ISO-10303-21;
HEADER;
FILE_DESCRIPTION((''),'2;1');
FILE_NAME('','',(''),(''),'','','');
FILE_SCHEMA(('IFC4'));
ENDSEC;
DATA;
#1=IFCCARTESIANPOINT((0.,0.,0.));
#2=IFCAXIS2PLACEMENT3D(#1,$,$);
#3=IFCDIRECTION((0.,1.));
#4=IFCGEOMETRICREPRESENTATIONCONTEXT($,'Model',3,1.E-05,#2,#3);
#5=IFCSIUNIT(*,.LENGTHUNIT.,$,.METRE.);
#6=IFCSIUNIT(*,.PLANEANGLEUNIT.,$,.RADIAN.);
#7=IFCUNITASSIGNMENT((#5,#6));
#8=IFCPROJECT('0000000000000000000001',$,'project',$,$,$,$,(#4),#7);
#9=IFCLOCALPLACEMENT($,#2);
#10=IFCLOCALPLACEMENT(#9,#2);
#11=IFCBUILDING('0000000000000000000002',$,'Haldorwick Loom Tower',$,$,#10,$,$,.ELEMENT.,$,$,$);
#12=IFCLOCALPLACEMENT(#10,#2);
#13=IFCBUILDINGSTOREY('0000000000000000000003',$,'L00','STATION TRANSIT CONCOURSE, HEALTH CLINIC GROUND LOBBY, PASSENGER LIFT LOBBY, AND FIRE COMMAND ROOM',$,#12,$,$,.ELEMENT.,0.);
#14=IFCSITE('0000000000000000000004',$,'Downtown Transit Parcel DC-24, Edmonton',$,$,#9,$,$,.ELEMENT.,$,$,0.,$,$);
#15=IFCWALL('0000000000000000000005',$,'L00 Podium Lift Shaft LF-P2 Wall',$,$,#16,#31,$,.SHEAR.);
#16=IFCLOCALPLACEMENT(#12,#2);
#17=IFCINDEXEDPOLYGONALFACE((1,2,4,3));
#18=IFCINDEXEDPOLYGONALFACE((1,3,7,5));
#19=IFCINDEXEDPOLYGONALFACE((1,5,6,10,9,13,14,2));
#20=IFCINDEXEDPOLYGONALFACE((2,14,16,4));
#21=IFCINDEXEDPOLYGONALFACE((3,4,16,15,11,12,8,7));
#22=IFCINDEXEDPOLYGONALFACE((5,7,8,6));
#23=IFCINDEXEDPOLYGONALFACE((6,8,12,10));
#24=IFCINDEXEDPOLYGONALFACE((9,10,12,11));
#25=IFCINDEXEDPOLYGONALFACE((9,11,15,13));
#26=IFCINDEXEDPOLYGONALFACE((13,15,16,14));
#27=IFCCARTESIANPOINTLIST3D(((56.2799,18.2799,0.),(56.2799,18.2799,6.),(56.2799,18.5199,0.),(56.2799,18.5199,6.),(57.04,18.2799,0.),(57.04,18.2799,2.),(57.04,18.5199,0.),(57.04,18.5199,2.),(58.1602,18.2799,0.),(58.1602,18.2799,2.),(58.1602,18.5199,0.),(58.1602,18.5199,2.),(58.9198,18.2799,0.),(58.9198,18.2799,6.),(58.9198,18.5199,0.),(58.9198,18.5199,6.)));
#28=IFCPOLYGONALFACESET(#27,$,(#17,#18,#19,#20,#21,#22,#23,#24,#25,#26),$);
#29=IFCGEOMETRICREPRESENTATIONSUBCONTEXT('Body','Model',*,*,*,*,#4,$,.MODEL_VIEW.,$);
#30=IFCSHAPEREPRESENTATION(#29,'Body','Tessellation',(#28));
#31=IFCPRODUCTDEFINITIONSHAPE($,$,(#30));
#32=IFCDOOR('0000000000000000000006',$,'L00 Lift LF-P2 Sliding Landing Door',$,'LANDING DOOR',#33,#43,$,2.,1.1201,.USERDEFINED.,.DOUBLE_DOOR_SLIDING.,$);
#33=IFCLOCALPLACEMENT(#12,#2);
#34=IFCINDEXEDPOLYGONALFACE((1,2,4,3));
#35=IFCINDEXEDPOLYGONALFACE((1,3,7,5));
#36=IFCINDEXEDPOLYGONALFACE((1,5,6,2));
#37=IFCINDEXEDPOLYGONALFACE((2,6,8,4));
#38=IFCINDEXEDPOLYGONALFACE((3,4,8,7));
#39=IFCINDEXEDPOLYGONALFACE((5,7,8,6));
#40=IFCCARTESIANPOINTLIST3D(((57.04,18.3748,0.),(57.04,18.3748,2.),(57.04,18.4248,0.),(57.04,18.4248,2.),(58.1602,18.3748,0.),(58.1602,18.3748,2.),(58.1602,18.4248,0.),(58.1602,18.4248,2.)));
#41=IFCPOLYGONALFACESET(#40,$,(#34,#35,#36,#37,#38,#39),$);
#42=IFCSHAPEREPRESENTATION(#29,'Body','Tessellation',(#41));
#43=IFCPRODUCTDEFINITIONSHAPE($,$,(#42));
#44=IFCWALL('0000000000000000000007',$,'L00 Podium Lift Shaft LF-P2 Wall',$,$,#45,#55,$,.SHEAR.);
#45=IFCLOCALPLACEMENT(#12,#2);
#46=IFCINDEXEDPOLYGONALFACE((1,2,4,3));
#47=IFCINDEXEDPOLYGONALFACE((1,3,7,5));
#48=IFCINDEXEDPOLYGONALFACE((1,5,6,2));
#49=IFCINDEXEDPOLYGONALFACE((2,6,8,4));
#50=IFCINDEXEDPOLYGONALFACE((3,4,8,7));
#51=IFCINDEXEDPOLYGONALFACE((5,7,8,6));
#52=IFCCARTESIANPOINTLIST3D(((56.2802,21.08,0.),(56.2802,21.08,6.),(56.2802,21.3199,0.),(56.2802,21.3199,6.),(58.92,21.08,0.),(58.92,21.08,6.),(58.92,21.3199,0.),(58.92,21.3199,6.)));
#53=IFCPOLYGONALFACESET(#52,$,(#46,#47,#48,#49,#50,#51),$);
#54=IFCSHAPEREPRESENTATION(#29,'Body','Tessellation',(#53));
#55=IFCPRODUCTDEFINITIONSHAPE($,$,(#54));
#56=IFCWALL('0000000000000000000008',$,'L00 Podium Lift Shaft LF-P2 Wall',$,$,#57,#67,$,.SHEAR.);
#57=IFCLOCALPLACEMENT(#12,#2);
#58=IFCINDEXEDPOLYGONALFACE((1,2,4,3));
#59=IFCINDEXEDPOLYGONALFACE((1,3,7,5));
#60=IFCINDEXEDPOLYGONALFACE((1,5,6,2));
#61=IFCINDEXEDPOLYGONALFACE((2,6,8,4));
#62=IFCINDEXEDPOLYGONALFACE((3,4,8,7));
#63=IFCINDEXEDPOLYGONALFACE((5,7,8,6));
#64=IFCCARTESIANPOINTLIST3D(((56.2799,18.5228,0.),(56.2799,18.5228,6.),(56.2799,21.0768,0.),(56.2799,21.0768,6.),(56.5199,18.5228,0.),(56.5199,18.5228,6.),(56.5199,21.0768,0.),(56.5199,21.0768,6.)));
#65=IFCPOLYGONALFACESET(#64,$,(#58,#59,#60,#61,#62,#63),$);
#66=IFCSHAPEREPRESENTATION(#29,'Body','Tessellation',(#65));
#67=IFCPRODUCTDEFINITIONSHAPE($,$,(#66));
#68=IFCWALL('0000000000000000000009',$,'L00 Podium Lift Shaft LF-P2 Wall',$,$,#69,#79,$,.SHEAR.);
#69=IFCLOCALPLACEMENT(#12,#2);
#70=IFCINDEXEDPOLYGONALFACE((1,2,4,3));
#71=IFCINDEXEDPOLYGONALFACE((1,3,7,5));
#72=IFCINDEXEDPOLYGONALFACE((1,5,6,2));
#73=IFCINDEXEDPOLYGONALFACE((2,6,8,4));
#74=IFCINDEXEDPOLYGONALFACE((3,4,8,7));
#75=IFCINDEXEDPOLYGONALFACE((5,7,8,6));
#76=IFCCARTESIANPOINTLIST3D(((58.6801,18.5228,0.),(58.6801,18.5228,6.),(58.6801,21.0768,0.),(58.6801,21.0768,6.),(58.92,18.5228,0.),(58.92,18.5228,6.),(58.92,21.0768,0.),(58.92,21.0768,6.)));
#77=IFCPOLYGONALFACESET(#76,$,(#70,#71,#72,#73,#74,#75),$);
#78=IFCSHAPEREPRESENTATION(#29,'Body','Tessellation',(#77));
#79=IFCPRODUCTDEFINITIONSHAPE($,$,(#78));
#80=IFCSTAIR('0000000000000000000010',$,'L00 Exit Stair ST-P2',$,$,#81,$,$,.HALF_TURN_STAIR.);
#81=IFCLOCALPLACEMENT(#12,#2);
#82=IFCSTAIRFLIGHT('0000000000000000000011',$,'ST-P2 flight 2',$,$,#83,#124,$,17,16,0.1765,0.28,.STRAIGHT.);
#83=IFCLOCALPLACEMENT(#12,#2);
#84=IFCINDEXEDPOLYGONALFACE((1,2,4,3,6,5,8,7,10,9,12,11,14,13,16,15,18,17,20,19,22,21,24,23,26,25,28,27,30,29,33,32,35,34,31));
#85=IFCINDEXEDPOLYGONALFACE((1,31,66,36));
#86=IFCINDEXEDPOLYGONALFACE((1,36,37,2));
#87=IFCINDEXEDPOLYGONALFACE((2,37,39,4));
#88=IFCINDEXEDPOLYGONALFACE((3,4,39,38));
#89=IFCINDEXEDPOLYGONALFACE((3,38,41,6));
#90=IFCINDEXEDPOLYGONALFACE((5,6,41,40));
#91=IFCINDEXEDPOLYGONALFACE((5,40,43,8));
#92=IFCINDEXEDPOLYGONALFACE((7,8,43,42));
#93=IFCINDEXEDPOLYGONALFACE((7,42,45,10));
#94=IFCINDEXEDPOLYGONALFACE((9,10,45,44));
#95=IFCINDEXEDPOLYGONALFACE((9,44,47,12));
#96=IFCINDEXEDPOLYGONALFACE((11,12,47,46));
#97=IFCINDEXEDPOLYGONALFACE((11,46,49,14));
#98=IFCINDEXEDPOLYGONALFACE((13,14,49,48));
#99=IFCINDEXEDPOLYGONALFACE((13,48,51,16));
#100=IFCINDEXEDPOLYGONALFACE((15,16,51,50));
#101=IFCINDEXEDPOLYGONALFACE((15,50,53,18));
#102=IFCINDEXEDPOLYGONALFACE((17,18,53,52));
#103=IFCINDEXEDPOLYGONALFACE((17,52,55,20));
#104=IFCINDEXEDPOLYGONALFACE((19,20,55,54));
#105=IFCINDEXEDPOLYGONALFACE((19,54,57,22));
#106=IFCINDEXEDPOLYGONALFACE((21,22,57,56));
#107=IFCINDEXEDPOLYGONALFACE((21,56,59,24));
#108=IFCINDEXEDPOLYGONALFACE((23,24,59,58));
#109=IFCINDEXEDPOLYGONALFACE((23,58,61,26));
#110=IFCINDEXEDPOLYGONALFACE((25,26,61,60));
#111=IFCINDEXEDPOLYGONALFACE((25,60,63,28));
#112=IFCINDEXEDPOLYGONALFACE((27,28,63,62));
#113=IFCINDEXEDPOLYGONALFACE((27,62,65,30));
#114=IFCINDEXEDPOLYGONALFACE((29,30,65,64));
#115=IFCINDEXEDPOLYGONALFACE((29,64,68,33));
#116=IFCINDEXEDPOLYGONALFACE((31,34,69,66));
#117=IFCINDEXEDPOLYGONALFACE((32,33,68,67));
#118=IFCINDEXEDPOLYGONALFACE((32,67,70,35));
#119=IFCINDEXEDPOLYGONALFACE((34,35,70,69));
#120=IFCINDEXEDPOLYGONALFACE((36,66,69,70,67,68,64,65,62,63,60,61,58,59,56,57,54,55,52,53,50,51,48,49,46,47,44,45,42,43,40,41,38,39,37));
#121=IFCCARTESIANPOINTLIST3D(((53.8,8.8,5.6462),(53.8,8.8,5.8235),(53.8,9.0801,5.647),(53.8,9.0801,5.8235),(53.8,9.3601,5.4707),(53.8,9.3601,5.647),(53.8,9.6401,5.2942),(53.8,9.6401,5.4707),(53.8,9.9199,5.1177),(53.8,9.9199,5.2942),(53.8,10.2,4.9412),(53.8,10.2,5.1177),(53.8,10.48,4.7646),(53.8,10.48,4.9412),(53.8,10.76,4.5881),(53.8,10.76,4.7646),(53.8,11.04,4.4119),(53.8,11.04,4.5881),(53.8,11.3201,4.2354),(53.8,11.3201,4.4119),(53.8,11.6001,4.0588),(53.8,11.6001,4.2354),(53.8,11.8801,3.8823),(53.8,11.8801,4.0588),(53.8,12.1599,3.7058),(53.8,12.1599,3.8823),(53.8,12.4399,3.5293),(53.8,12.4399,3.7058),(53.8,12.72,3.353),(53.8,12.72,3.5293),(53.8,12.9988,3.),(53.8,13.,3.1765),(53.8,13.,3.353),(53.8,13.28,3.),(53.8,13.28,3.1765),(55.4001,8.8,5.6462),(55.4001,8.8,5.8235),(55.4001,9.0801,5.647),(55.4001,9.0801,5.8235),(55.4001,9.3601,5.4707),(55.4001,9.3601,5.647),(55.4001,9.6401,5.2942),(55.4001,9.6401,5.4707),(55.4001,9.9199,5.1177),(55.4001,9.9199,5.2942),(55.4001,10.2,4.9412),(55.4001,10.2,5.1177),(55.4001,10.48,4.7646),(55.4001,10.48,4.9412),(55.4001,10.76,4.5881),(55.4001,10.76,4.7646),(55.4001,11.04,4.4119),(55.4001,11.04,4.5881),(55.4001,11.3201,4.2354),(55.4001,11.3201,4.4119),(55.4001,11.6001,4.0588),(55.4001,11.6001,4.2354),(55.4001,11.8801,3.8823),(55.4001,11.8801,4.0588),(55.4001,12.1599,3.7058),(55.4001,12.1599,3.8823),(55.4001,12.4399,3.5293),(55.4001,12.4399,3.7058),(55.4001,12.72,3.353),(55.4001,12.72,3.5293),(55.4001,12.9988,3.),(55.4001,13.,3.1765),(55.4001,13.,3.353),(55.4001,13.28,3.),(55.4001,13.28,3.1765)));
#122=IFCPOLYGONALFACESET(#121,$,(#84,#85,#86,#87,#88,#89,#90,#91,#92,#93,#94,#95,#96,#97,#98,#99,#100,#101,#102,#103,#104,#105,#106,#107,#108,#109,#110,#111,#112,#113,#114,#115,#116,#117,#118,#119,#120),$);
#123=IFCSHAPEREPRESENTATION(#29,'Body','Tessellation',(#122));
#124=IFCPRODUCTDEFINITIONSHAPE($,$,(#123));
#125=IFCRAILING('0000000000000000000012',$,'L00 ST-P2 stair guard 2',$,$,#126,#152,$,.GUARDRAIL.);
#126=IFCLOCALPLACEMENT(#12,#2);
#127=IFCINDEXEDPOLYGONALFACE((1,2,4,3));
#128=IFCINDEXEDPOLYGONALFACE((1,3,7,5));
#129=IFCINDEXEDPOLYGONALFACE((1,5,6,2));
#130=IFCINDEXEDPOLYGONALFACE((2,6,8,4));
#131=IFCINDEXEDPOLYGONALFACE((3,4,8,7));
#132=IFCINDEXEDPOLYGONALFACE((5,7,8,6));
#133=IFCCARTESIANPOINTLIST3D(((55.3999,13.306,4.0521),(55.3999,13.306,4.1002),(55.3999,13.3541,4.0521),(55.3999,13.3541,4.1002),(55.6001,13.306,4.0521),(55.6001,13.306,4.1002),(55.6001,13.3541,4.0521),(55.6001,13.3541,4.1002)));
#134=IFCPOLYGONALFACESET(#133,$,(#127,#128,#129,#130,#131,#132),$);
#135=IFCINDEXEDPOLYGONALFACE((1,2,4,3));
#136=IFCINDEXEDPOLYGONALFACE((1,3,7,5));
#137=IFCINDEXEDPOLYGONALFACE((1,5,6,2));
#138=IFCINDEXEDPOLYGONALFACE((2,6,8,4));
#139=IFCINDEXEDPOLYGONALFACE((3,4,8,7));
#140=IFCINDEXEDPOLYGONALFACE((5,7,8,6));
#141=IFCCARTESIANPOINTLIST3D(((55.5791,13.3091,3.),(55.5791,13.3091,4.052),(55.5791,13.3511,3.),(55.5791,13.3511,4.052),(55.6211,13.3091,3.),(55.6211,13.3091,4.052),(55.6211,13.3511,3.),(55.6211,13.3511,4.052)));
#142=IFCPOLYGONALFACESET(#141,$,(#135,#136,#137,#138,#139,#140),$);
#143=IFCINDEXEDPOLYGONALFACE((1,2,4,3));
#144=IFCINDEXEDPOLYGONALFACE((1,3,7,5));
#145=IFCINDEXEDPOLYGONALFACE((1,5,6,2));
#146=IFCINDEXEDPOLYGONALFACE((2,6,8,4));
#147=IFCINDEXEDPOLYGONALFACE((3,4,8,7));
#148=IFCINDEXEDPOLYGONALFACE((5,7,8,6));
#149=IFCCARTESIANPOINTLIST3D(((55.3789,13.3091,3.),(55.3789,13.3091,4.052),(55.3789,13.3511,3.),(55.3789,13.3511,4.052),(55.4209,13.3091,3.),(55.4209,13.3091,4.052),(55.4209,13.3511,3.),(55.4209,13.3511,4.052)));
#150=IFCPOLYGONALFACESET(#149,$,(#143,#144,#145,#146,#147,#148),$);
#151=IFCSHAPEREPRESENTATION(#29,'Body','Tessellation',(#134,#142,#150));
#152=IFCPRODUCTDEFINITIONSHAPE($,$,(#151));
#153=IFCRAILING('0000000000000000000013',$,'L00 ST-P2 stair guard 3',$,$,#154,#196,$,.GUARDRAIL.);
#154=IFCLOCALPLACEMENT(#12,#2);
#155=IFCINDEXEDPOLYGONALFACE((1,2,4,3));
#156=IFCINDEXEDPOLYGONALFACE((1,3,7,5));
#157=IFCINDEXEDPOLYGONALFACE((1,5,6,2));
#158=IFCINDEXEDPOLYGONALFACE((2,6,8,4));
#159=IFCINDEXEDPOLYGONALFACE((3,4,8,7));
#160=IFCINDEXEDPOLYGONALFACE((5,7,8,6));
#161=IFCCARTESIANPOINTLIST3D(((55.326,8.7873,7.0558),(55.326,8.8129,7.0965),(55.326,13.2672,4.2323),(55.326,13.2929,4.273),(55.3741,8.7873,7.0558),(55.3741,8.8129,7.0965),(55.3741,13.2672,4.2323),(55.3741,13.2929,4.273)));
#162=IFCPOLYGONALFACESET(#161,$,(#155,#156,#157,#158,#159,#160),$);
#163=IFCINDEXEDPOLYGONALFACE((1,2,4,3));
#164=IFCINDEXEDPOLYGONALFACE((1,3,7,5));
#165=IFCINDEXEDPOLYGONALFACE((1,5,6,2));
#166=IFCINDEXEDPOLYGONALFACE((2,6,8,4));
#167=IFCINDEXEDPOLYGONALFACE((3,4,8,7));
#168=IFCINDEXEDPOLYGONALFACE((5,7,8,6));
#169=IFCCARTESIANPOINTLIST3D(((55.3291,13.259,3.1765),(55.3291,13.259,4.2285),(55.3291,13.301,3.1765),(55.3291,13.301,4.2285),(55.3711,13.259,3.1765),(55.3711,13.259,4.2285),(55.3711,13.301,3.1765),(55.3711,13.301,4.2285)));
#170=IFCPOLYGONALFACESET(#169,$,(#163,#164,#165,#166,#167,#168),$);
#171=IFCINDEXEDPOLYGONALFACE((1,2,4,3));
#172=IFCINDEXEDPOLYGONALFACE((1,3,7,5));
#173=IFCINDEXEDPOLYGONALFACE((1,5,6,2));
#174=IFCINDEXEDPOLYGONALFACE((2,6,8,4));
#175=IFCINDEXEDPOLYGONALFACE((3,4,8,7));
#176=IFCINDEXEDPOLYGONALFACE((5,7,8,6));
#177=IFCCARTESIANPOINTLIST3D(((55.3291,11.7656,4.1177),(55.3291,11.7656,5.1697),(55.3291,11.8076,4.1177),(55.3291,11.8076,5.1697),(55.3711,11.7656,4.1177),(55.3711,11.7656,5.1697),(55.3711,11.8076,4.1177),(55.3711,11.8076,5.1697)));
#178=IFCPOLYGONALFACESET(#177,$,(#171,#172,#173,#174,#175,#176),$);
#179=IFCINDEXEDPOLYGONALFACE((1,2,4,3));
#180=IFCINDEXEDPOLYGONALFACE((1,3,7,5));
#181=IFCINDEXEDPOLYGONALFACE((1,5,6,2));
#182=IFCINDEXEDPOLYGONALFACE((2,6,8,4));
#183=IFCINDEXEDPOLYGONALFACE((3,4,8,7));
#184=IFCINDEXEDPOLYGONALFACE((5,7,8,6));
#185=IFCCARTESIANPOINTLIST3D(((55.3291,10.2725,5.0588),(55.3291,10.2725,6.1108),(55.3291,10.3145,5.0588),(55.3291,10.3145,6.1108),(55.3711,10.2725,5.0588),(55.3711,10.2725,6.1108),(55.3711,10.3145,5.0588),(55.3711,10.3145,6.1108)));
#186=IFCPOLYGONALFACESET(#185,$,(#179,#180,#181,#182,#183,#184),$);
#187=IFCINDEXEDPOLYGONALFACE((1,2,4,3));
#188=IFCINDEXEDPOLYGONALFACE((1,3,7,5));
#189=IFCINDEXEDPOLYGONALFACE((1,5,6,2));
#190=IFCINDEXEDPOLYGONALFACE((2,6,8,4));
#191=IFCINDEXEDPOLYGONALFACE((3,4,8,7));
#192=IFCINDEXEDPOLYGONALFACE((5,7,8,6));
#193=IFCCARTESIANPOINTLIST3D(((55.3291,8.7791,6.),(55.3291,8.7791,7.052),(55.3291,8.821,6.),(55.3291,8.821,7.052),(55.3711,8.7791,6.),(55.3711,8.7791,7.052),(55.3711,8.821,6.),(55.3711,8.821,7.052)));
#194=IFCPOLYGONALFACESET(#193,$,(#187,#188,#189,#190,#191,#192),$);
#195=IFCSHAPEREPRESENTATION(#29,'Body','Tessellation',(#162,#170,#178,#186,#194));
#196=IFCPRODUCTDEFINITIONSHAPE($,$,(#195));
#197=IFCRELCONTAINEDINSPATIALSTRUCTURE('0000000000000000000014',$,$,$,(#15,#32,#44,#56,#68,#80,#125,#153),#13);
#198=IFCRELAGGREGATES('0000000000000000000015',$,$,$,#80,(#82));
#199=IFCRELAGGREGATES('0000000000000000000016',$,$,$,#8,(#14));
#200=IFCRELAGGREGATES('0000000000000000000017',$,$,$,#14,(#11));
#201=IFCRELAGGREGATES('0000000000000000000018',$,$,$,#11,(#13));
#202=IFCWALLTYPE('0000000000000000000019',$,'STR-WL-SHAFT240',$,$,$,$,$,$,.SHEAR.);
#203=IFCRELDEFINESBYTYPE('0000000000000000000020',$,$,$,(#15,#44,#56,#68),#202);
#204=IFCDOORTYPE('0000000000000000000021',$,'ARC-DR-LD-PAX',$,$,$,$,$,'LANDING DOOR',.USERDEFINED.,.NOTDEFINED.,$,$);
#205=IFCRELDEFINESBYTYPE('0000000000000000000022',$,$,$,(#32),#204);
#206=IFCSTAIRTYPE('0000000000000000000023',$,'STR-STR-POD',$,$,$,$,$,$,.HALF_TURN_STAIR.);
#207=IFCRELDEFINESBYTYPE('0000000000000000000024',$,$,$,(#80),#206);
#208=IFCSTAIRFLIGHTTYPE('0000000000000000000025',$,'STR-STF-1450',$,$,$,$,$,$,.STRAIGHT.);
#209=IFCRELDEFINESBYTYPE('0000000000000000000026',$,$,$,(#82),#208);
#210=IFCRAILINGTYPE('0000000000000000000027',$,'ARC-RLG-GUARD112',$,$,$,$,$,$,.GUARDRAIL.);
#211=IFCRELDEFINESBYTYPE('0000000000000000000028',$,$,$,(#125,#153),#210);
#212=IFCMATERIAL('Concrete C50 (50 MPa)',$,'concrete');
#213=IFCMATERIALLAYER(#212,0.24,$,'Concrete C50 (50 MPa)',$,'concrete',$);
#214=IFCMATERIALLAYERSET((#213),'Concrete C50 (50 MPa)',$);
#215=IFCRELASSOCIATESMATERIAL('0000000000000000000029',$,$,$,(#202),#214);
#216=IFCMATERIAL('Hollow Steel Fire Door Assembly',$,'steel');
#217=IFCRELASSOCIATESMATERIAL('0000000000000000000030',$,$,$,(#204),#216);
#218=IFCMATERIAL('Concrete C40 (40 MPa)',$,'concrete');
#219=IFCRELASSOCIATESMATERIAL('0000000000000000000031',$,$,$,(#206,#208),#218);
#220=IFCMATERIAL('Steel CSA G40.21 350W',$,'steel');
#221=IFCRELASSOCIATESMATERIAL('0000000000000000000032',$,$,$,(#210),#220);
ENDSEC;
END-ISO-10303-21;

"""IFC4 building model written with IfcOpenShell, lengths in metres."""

from ifc_helpers import new_model, si_unit, direction, frame, frame_2d, origin, origin_2d, place, context, subcontext, project, spatial, polyline, rectangle, outline, extrude, material, layer, layer_set, type_object, element, fill, aggregate, save


model = new_model("IFC4")

# Units and contexts
model_context = context("Model", 3, precision=1e-05, world=origin(), true_north=direction((0.0, 1.0)))
body_context = subcontext(model_context, "Body", "Model", "MODEL_VIEW")
ifc_project = project(units=[si_unit("LENGTHUNIT", "METRE"), si_unit("PLANEANGLEUNIT", "RADIAN")], contexts=[model_context])

# Site, building, storey
site_placement = place(None, origin())
site = spatial("IfcSite", under=ifc_project, at=site_placement, Name="Downtown Transit Parcel DC-24, Edmonton", CompositionType="ELEMENT", RefElevation=0.0)
building_placement = place(site_placement, origin())
building = spatial("IfcBuilding", under=site, at=building_placement, Name="Haldorwick Loom Tower", CompositionType="ELEMENT")
storey_placement = place(building_placement, origin())
storey = spatial("IfcBuildingStorey", under=building, at=storey_placement, Name="L00", Description="STATION TRANSIT CONCOURSE, HEALTH CLINIC GROUND LOBBY, PASSENGER LIFT LOBBY, AND FIRE COMMAND ROOM", CompositionType="ELEMENT", Elevation=0.0)

# Shared definitions
ifc_material_1 = material(Name="Steel CSA G40.21 350W", Category="steel")

# Shared definitions
ifc_material_2 = material(Name="Concrete C50 (50 MPa)", Category="concrete")
ifc_layer_1 = layer(ifc_material_2, 0.24, Name="Concrete C50 (50 MPa)", Category="concrete")
ifc_layer_set_1 = layer_set([ifc_layer_1], Name="Concrete C50 (50 MPa)")
wall_type_1 = type_object("IfcWallType", Name="STR-WL-SHAFT240", PredefinedType="SHEAR", material=ifc_layer_set_1)

# Wall, opening, door
wall_1_placement = place(storey_placement, frame((56.28, 18.3999, 0.0), z_axis=(0.0, 0.0, 1.0), x_axis=(1.0, 0.0, 0.0)))
wall_1 = element("IfcWall", 1, at=wall_1_placement, inside=storey, type_object=wall_type_1, Name="L00 Podium Lift Shaft LF-P2 Wall", PredefinedType="SHEAR", context=body_context, shape_type="SweptSolid", body=[
    extrude(rectangle(XDim=2.6399, YDim=0.24, at=frame_2d((1.3198, 0.0))), origin(), (0.0, 0.0, 1.0), 6.0),
])
opening_1_placement = place(wall_1_placement, frame((0.76, 0.0, 0.0)))
opening_1 = element("IfcOpeningElement", 2, at=opening_1_placement, cuts=wall_1, PredefinedType="OPENING", context=body_context, shape_type="SweptSolid", body=[
    extrude(rectangle(XDim=1.1201, YDim=2.0, at=frame_2d((0.5601, 1.0))), frame((0.0, 0.1299, 0.0), z_axis=(0.0, -1.0, 0.0), x_axis=(1.0, 0.0, 0.0)), (0.0, 0.0, 1.0), 0.26),
])
ifc_material_3 = material(Name="Hollow Steel Fire Door Assembly", Category="steel")
door_type_1 = type_object("IfcDoorType", Name="ARC-DR-LD-PAX", ElementType="LANDING DOOR", OperationType="NOTDEFINED", PredefinedType="USERDEFINED", material=ifc_material_3)
door_1_placement = place(opening_1_placement, origin())
door_1 = element("IfcDoor", 3, at=door_1_placement, inside=storey, type_object=door_type_1, Name="L00 Lift LF-P2 Sliding Landing Door", ObjectType="LANDING DOOR", OperationType="DOUBLE_DOOR_SLIDING", OverallHeight=2.0, OverallWidth=1.1201, PredefinedType="USERDEFINED", context=body_context, shape_type="SweptSolid", body=[
    extrude(rectangle(XDim=1.1201, YDim=2.0, at=frame_2d((0.5601, 1.0))), frame((0.0, 0.0249, 0.0), z_axis=(0.0, -1.0, 0.0), x_axis=(1.0, 0.0, 0.0)), (0.0, 0.0, 1.0), 0.05),
])
fill(opening_1, door_1)

# Walls
wall_2_placement = place(storey_placement, frame((58.9199, 21.2, 0.0), z_axis=(0.0, 0.0, 1.0), x_axis=(-1.0, 0.0, 0.0)))
element("IfcWall", 4, at=wall_2_placement, inside=storey, type_object=wall_type_1, Name="L00 Podium Lift Shaft LF-P2 Wall", PredefinedType="SHEAR", context=body_context, shape_type="SweptSolid", body=[
    extrude(rectangle(XDim=2.6399, YDim=0.24, at=frame_2d((1.3198, 0.0))), origin(), (0.0, 0.0, 1.0), 6.0),
])
for number, where, z_axis, x_axis, name in (
    (5, (56.3999, 18.5229, 0.0), (0.0, 0.0, 1.0), (0.0, 1.0, 0.0), "L00 Podium Lift Shaft LF-P2 Wall"),
    (6, (58.8, 18.5229, 0.0), (0.0, 0.0, 1.0), (0.0, 1.0, 0.0), "L00 Podium Lift Shaft LF-P2 Wall"),
):
    element("IfcWall", number, at=place(storey_placement, frame(where, z_axis=z_axis, x_axis=x_axis)), inside=storey, type_object=wall_type_1, Name=name, PredefinedType="SHEAR", context=body_context, shape_type="SweptSolid", body=[
        extrude(rectangle(XDim=2.554, YDim=0.24, at=frame_2d((1.2769, 0.0))), origin(), (0.0, 0.0, 1.0), 6.0),
    ])

# Stair, stair flight
ifc_material_4 = material(Name="Concrete C40 (40 MPa)", Category="concrete")
stair_type = type_object("IfcStairType", Name="STR-STR-POD", PredefinedType="HALF_TURN_STAIR", material=ifc_material_4)
stair_placement = place(storey_placement, origin())
stair = element("IfcStair", 7, at=stair_placement, inside=storey, type_object=stair_type, Name="L00 Exit Stair ST-P2", PredefinedType="HALF_TURN_STAIR")
stair_flight_type = type_object("IfcStairFlightType", Name="STR-STF-1450", PredefinedType="STRAIGHT", material=ifc_material_4)
stair_flight_placement = place(storey_placement, frame((54.6001, 13.28, 3.0), z_axis=(0.0, 0.0, 1.0), x_axis=(0.0, -1.0, 0.0)))
stair_flight = element("IfcStairFlight", 8, at=stair_flight_placement, type_object=stair_flight_type, Name="ST-P2 flight 2", NumberOfRisers=17, NumberOfTreads=16, PredefinedType="STRAIGHT", RiserHeight=0.1765, TreadLength=0.28, context=body_context, shape_type="SweptSolid", body=[
    extrude(outline(polyline([(0.0, 0.0), (0.0, 0.1765), (0.28, 0.1765), (0.28, 0.353), (0.5601, 0.353), (0.5601, 0.5293), (0.8401, 0.5293), (0.8401, 0.7058), (1.1201, 0.7058), (1.1201, 0.8823), (1.3999, 0.8823), (1.3999, 1.0588), (1.6799, 1.0588), (1.6799, 1.2354), (1.96, 1.2354), (1.96, 1.4119), (2.24, 1.4119), (2.24, 1.5881), (2.52, 1.5881), (2.52, 1.7646), (2.8, 1.7646), (2.8, 1.9412), (3.0801, 1.9412), (3.0801, 2.1177), (3.3601, 2.1177), (3.3601, 2.2942), (3.6399, 2.2942), (3.6399, 2.4707), (3.9199, 2.4707), (3.9199, 2.647), (4.2, 2.647), (4.2, 2.8235), (4.48, 2.8235), (4.48, 3.0), (4.48, 2.6462), (0.2812, 0.0), (0.0, 0.0)])), frame((0.0, 0.8, 0.0), z_axis=(0.0, -1.0, 0.0), x_axis=(1.0, 0.0, 0.0)), (0.0, 0.0, 1.0), 1.6001),
])
aggregate(stair, [stair_flight])

# Railings
railing_type_1 = type_object("IfcRailingType", Name="ARC-RLG-GUARD112", PredefinedType="GUARDRAIL", material=ifc_material_1)
railing_1_placement = place(storey_placement, frame((55.6001, 13.3301, 3.0)))
element("IfcRailing", 9, at=railing_1_placement, inside=storey, type_object=railing_type_1, Name="L00 ST-P2 stair guard 2", PredefinedType="GUARDRAIL", context=body_context, shape_type="SweptSolid", body=[
    extrude(rectangle(XDim=0.0481, YDim=0.0481, at=origin_2d()), frame((0.0, 0.0, 1.0762), z_axis=(-1.0, 0.0, 0.0), x_axis=(0.0, -1.0, 0.0)), (0.0, 0.0, 1.0), 0.2002),
    extrude(rectangle(XDim=0.042, YDim=0.042, at=origin_2d()), origin(), (0.0, 0.0, 1.0), 1.052),
    extrude(rectangle(XDim=0.042, YDim=0.042, at=origin_2d()), frame((-0.2002, 0.0, 0.0)), (0.0, 0.0, 1.0), 1.052),
])
railing_2_placement = place(storey_placement, frame((55.3501, 13.28, 3.1765)))
element("IfcRailing", 10, at=railing_2_placement, inside=storey, type_object=railing_type_1, Name="L00 ST-P2 stair guard 3", PredefinedType="GUARDRAIL", context=body_context, shape_type="SweptSolid", body=[
    extrude(rectangle(XDim=0.0481, YDim=0.0481, at=origin_2d()), frame((0.0, 0.0, 1.0762), z_axis=(0.0, -0.845998, 0.533186), x_axis=(1.0, 0.0, 0.0)), (0.0, 0.0, 1.0), 5.2954),
    extrude(rectangle(XDim=0.042, YDim=0.042, at=origin_2d()), origin(), (0.0, 0.0, 1.0), 1.052),
    extrude(rectangle(XDim=0.042, YDim=0.042, at=origin_2d()), frame((0.0, -1.4934, 0.9412)), (0.0, 0.0, 1.0), 1.052),
    extrude(rectangle(XDim=0.042, YDim=0.042, at=origin_2d()), frame((0.0, -2.9866, 1.8823)), (0.0, 0.0, 1.0), 1.052),
    extrude(rectangle(XDim=0.042, YDim=0.042, at=origin_2d()), frame((0.0, -4.48, 2.8235)), (0.0, 0.0, 1.0), 1.052),
])

save(model, "model.ifc")
